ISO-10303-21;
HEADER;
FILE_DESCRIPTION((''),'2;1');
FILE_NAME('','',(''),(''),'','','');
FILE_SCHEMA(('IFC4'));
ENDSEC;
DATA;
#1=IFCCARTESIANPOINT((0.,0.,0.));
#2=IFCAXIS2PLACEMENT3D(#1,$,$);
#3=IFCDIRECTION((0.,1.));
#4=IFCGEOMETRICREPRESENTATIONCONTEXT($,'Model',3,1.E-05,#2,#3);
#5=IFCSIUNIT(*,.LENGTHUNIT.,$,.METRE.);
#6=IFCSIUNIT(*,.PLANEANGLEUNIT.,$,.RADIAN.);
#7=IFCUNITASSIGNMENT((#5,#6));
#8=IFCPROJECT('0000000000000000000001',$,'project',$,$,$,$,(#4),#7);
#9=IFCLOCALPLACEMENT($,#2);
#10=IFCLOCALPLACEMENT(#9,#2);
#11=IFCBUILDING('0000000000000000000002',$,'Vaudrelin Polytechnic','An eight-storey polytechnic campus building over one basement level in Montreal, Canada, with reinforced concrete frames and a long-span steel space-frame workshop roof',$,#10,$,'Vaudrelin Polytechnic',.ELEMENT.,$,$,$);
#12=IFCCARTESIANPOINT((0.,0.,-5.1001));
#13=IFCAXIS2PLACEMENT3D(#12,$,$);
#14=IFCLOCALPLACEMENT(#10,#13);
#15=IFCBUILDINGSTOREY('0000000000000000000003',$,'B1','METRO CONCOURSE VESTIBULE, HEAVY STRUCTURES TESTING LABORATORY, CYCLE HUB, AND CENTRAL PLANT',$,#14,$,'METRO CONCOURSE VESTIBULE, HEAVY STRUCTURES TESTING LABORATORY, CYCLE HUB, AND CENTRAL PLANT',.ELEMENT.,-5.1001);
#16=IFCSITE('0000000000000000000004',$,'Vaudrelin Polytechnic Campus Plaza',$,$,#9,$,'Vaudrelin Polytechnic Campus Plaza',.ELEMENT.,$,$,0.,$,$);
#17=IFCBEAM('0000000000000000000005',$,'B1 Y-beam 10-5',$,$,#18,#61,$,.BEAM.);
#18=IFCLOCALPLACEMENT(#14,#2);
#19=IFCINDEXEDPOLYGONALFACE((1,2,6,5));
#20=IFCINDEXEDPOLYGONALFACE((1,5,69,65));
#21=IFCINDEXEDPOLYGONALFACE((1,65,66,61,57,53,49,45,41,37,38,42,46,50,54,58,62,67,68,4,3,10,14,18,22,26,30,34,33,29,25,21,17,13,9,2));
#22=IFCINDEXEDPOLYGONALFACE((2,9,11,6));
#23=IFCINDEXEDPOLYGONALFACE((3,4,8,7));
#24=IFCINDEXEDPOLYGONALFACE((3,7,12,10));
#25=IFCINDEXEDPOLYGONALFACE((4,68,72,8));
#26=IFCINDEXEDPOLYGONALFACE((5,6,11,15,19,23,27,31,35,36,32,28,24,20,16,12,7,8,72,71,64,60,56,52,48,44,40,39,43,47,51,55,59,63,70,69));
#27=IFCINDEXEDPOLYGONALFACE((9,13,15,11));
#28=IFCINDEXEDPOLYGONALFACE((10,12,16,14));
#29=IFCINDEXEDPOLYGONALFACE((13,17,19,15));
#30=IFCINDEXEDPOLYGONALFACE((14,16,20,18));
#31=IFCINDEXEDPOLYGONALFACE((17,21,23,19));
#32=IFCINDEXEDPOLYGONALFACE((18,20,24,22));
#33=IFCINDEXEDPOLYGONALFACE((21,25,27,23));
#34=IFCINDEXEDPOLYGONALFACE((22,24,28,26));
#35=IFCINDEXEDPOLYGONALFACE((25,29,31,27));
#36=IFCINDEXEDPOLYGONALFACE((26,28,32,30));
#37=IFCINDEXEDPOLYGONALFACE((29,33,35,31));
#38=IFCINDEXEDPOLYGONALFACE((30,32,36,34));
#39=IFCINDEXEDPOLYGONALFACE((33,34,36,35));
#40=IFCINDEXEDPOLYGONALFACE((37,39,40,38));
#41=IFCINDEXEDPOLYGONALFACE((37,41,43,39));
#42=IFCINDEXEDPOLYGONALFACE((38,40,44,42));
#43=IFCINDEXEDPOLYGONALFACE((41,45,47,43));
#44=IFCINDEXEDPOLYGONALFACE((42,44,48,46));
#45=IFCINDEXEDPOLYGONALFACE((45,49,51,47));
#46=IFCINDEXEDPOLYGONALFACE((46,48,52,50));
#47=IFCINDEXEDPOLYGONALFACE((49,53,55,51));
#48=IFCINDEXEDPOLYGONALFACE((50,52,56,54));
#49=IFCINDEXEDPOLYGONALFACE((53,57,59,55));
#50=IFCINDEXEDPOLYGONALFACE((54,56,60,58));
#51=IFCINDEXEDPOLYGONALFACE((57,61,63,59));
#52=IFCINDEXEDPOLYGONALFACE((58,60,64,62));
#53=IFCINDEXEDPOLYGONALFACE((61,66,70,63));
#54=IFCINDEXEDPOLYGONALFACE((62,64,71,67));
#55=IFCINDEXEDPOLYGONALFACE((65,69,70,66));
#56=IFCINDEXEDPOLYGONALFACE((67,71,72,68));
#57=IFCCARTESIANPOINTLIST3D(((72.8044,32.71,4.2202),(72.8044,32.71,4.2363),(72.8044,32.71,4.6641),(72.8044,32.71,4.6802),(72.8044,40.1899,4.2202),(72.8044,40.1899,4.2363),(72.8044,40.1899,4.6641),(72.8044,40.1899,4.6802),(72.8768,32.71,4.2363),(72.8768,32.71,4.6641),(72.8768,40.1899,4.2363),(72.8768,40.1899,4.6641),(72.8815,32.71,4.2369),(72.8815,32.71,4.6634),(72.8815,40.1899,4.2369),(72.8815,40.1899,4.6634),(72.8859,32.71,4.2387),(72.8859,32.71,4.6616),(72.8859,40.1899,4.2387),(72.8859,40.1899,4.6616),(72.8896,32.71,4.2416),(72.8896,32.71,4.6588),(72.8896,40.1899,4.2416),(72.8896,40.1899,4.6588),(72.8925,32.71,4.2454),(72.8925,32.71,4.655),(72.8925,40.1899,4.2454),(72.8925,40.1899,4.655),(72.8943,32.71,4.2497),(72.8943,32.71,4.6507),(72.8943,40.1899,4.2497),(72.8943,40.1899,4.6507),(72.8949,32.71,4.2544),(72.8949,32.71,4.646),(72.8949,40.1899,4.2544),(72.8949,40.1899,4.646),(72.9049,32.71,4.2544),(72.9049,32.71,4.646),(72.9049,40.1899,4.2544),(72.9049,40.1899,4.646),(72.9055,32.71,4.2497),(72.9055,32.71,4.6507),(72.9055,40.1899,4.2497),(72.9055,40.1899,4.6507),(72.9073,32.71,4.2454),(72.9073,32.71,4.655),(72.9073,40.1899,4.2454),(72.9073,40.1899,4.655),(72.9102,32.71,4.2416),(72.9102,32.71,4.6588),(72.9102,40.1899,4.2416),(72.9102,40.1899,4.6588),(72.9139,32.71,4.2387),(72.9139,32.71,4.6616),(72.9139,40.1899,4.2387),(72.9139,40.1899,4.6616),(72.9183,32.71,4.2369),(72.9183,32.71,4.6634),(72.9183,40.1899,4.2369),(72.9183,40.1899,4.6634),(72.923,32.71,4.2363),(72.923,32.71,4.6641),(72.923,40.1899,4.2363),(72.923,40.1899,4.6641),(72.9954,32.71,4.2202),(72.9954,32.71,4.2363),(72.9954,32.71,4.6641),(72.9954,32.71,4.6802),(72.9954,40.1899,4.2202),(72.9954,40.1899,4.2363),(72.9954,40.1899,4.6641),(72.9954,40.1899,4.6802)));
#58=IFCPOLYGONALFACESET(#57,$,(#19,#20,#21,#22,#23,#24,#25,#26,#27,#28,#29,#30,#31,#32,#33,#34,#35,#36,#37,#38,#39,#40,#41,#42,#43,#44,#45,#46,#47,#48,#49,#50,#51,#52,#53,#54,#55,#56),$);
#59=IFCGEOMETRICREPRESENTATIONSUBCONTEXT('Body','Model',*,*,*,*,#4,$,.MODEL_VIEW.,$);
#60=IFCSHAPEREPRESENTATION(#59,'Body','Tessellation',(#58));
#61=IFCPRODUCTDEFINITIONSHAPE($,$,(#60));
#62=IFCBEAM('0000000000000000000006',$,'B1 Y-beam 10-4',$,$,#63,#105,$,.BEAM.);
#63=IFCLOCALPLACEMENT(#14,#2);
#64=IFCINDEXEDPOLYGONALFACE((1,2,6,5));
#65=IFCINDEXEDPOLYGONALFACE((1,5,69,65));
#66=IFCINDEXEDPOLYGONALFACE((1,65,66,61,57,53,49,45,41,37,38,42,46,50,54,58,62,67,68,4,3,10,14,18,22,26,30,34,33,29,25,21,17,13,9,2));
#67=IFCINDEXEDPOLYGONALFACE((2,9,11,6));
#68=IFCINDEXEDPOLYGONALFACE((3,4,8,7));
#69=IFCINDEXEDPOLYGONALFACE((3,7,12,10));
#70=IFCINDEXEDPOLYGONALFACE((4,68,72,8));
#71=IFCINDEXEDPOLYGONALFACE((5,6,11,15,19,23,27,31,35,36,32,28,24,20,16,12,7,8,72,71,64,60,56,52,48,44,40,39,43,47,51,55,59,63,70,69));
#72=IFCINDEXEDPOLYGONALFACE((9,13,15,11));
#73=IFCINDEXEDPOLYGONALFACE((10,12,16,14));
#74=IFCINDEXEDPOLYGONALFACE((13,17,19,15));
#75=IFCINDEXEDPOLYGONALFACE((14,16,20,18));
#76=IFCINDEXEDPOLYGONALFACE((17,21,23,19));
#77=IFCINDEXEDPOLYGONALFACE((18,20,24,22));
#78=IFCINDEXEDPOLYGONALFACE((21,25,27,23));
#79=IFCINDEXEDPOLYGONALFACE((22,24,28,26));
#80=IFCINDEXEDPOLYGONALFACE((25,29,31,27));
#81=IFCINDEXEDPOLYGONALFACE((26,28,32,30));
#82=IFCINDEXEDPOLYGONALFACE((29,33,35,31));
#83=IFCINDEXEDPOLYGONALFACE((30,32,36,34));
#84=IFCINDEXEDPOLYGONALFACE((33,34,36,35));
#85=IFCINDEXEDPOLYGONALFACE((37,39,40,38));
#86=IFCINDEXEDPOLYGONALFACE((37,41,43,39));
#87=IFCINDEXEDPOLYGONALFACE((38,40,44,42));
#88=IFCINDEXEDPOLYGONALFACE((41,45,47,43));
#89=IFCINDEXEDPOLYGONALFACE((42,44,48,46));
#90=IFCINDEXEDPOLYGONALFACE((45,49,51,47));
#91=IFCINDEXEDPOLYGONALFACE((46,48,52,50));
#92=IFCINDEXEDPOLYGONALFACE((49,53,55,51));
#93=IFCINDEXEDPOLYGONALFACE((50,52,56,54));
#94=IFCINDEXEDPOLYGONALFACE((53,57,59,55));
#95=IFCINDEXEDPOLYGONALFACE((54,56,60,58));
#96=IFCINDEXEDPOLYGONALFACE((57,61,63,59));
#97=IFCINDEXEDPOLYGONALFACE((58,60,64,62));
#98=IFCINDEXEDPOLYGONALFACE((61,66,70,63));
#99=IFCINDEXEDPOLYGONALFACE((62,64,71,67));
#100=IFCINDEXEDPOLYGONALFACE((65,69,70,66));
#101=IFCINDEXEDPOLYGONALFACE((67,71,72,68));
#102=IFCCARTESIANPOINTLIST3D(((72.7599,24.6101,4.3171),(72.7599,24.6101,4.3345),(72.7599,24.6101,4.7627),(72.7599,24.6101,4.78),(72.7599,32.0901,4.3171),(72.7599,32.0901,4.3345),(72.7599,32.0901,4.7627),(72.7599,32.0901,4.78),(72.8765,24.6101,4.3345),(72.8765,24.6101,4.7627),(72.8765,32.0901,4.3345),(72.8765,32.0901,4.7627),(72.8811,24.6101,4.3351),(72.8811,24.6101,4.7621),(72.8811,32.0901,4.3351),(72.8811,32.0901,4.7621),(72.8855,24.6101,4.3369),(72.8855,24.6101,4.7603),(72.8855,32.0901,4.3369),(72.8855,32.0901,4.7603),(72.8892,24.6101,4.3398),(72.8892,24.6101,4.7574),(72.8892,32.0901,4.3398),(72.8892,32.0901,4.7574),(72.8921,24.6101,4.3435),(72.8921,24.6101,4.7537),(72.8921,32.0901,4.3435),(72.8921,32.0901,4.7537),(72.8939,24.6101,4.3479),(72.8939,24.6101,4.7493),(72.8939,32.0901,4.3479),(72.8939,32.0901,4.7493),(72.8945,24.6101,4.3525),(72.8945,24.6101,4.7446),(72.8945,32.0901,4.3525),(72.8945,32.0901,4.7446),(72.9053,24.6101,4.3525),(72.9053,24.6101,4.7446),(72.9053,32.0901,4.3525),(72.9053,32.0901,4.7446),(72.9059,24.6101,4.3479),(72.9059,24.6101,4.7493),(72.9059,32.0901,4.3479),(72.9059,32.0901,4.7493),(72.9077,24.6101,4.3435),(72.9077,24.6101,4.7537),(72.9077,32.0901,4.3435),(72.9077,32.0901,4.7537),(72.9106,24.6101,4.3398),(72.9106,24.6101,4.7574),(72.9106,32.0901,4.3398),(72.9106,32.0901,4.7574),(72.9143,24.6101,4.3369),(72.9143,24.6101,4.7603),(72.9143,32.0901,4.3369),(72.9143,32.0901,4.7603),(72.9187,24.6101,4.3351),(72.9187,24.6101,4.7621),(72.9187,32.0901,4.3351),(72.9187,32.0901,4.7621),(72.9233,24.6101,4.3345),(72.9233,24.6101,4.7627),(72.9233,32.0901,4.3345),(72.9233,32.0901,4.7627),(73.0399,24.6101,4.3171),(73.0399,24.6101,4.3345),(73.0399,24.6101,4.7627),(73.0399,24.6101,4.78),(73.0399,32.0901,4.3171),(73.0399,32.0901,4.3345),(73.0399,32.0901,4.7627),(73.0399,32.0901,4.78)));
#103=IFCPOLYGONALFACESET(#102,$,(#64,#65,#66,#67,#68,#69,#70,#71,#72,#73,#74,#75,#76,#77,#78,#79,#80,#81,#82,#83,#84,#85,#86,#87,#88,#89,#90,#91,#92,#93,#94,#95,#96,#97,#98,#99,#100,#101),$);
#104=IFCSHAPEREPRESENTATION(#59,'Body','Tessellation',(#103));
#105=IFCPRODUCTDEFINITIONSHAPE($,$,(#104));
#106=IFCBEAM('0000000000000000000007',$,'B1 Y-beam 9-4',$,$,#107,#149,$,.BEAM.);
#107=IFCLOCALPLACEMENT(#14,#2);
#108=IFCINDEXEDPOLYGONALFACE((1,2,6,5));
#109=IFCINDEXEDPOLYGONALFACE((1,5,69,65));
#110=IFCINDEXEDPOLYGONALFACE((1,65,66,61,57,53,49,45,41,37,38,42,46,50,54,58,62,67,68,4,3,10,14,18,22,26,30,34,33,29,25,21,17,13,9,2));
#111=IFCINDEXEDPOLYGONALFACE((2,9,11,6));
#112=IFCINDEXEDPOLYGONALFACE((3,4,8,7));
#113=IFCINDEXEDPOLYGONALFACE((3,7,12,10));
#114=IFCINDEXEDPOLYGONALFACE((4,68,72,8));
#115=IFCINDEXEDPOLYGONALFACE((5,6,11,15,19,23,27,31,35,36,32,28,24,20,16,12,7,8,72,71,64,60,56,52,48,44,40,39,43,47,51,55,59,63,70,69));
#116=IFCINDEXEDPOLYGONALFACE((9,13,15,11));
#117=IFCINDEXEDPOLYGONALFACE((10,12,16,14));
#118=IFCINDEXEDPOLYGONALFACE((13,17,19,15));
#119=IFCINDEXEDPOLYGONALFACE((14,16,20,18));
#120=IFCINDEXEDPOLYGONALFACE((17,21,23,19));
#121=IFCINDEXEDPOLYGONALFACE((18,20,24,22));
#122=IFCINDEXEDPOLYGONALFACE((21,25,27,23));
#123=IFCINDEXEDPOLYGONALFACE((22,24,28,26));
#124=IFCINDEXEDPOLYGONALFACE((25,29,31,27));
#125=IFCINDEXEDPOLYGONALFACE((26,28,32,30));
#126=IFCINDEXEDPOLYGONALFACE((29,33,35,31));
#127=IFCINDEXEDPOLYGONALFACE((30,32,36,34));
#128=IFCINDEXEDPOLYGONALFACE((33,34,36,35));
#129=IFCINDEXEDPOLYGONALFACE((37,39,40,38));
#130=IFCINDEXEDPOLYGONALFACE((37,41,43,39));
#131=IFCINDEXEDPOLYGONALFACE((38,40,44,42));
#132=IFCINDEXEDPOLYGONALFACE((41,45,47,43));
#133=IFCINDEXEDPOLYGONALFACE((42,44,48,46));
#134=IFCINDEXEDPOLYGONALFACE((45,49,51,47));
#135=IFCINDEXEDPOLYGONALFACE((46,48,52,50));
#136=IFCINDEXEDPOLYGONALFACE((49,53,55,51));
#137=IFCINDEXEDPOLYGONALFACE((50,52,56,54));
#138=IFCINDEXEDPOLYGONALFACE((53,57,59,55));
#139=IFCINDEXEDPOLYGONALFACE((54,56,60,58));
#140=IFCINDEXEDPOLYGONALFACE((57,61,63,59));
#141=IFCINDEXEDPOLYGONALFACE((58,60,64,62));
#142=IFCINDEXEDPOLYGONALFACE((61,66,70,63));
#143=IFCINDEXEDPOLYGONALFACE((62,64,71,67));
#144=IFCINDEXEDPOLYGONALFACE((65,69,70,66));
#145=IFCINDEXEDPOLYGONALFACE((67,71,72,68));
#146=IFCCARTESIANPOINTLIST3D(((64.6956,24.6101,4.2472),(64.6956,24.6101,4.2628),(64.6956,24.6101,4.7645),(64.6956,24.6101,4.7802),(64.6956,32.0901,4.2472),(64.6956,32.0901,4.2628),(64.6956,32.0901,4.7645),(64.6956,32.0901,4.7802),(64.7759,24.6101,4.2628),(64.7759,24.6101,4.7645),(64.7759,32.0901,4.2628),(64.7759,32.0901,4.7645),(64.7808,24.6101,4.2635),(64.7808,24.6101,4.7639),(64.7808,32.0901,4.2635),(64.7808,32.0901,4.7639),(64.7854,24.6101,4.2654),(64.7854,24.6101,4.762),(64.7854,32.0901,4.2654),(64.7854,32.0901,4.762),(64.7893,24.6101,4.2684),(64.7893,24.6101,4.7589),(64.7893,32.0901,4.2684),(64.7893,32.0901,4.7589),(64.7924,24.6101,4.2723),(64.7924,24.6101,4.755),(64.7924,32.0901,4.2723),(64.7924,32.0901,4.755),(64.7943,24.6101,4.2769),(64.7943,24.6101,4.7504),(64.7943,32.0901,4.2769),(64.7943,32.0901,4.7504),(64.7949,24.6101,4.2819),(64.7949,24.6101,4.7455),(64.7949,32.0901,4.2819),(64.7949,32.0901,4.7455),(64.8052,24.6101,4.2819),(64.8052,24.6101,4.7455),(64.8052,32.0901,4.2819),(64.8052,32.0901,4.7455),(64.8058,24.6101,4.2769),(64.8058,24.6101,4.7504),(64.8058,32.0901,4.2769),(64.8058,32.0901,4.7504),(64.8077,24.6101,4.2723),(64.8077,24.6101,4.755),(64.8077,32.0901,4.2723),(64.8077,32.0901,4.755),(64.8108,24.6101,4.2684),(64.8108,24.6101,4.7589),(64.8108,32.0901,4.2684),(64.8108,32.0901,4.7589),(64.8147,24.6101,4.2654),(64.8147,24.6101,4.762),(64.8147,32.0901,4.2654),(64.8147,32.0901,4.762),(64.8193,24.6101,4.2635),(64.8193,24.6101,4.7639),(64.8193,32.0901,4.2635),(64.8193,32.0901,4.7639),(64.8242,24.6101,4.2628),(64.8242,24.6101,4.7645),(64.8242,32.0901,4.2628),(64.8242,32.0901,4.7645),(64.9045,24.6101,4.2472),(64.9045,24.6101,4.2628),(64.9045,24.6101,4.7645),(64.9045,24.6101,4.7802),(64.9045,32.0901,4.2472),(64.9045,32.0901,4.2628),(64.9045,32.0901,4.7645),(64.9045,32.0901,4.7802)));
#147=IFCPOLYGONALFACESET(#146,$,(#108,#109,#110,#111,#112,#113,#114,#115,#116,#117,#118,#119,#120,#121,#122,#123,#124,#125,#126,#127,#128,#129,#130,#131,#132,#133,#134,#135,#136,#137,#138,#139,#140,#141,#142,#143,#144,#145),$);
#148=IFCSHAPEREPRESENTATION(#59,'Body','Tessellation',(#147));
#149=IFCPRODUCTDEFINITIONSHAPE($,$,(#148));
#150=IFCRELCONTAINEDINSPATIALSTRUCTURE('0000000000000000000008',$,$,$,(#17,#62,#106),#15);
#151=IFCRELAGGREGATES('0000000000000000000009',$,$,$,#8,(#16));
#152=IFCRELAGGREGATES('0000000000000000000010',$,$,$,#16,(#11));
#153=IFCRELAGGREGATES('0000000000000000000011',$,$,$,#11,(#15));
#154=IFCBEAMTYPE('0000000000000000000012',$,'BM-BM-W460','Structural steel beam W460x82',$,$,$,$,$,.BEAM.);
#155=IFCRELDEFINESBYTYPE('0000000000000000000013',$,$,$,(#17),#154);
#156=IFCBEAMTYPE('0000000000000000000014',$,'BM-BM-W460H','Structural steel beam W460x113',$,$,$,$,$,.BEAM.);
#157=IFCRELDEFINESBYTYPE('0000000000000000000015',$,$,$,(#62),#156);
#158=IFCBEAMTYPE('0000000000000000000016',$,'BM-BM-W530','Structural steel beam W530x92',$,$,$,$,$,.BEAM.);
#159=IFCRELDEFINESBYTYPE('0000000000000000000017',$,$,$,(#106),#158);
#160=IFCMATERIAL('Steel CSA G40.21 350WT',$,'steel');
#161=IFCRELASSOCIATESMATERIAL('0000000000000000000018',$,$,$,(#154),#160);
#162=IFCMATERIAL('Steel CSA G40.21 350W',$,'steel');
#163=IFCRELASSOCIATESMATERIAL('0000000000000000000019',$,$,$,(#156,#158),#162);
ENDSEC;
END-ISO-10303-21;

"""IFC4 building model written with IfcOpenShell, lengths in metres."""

from ifc_helpers import new_model, si_unit, direction, frame, origin, origin_2d, place, context, subcontext, project, spatial, i_section, extrude, material, material_profile, profile_set, type_object, element, save


model = new_model("IFC4")

# Units and contexts
model_context = context("Model", 3, precision=1e-05, world=origin(), true_north=direction((0.0, 1.0)))
body_context = subcontext(model_context, "Body", "Model", "MODEL_VIEW")
ifc_project = project(units=[si_unit("LENGTHUNIT", "METRE"), si_unit("PLANEANGLEUNIT", "RADIAN")], contexts=[model_context])

# Site, building, storey
site_placement = place(None, origin())
site = spatial("IfcSite", under=ifc_project, at=site_placement, Name="Vaudrelin Polytechnic Campus Plaza", LongName="Vaudrelin Polytechnic Campus Plaza", CompositionType="ELEMENT", RefElevation=0.0)
building_placement = place(site_placement, origin())
building = spatial("IfcBuilding", under=site, at=building_placement, Name="Vaudrelin Polytechnic", Description="An eight-storey polytechnic campus building over one basement level in Montreal, Canada, with reinforced concrete frames and a long-span steel space-frame workshop roof", LongName="Vaudrelin Polytechnic", CompositionType="ELEMENT")
storey_placement = place(building_placement, frame((0.0, 0.0, -5.1001)))
storey = spatial("IfcBuildingStorey", under=building, at=storey_placement, Name="B1", Description="METRO CONCOURSE VESTIBULE, HEAVY STRUCTURES TESTING LABORATORY, CYCLE HUB, AND CENTRAL PLANT", LongName="METRO CONCOURSE VESTIBULE, HEAVY STRUCTURES TESTING LABORATORY, CYCLE HUB, AND CENTRAL PLANT", CompositionType="ELEMENT", Elevation=-5.1001)

# Beams
ifc_material_1 = material(Name="Steel CSA G40.21 350W", Category="steel")
ifc_material_2 = material(Name="Steel CSA G40.21 350WT", Category="steel")
ifc_material_profile_1 = material_profile(ifc_material_2, i_section(OverallWidth=0.1909, OverallDepth=0.46, WebThickness=0.01, FlangeThickness=0.0161, FilletRadius=0.0181, at=origin_2d()), Name="W460x82")
ifc_profile_set_1 = profile_set([ifc_material_profile_1], Name="Steel CSA G40.21 350WT")
beam_type_1 = type_object("IfcBeamType", Name="BM-BM-W460", Description="Structural steel beam W460x82", PredefinedType="BEAM", material=ifc_profile_set_1)
beam_1_placement = place(storey_placement, frame((72.8999, 32.71, 4.4502), z_axis=(0.0, 1.0, 0.0), x_axis=(-1.0, 0.0, 0.0)))
element("IfcBeam", 1, at=beam_1_placement, inside=storey, type_object=beam_type_1, Name="B1 Y-beam 10-5", PredefinedType="BEAM", context=body_context, shape_type="SweptSolid", body=[
    extrude(i_section(OverallWidth=0.1909, OverallDepth=0.46, WebThickness=0.01, FlangeThickness=0.0161, FilletRadius=0.0181, at=origin_2d()), origin(), (0.0, 0.0, 1.0), 7.48),
])
ifc_material_profile_2 = material_profile(ifc_material_1, i_section(OverallWidth=0.28, OverallDepth=0.4629, WebThickness=0.0107, FlangeThickness=0.0173, FilletRadius=0.0181, at=origin_2d()), Name="W460x113")
ifc_profile_set_2 = profile_set([ifc_material_profile_2], Name="Steel CSA G40.21 350W")
beam_type_2 = type_object("IfcBeamType", Name="BM-BM-W460H", Description="Structural steel beam W460x113", PredefinedType="BEAM", material=ifc_profile_set_2)
beam_2_placement = place(storey_placement, frame((72.8999, 24.6101, 4.5486), z_axis=(0.0, 1.0, 0.0), x_axis=(-1.0, 0.0, 0.0)))
element("IfcBeam", 2, at=beam_2_placement, inside=storey, type_object=beam_type_2, Name="B1 Y-beam 10-4", PredefinedType="BEAM", context=body_context, shape_type="SweptSolid", body=[
    extrude(i_section(OverallWidth=0.28, OverallDepth=0.4629, WebThickness=0.0107, FlangeThickness=0.0173, FilletRadius=0.0181, at=origin_2d()), origin(), (0.0, 0.0, 1.0), 7.48),
])
ifc_material_profile_3 = material_profile(ifc_material_1, i_section(OverallWidth=0.209, OverallDepth=0.533, WebThickness=0.0103, FlangeThickness=0.0156, FilletRadius=0.019, at=origin_2d()), Name="W530x92")
ifc_profile_set_3 = profile_set([ifc_material_profile_3], Name="Steel CSA G40.21 350W")
beam_type_3 = type_object("IfcBeamType", Name="BM-BM-W530", Description="Structural steel beam W530x92", PredefinedType="BEAM", material=ifc_profile_set_3)
beam_3_placement = place(storey_placement, frame((64.8, 24.6101, 4.5137), z_axis=(0.0, 1.0, 0.0), x_axis=(-1.0, 0.0, 0.0)))
element("IfcBeam", 3, at=beam_3_placement, inside=storey, type_object=beam_type_3, Name="B1 Y-beam 9-4", PredefinedType="BEAM", context=body_context, shape_type="SweptSolid", body=[
    extrude(i_section(OverallWidth=0.209, OverallDepth=0.533, WebThickness=0.0103, FlangeThickness=0.0156, FilletRadius=0.019, at=origin_2d()), origin(), (0.0, 0.0, 1.0), 7.48),
])

save(model, "model.ifc")
